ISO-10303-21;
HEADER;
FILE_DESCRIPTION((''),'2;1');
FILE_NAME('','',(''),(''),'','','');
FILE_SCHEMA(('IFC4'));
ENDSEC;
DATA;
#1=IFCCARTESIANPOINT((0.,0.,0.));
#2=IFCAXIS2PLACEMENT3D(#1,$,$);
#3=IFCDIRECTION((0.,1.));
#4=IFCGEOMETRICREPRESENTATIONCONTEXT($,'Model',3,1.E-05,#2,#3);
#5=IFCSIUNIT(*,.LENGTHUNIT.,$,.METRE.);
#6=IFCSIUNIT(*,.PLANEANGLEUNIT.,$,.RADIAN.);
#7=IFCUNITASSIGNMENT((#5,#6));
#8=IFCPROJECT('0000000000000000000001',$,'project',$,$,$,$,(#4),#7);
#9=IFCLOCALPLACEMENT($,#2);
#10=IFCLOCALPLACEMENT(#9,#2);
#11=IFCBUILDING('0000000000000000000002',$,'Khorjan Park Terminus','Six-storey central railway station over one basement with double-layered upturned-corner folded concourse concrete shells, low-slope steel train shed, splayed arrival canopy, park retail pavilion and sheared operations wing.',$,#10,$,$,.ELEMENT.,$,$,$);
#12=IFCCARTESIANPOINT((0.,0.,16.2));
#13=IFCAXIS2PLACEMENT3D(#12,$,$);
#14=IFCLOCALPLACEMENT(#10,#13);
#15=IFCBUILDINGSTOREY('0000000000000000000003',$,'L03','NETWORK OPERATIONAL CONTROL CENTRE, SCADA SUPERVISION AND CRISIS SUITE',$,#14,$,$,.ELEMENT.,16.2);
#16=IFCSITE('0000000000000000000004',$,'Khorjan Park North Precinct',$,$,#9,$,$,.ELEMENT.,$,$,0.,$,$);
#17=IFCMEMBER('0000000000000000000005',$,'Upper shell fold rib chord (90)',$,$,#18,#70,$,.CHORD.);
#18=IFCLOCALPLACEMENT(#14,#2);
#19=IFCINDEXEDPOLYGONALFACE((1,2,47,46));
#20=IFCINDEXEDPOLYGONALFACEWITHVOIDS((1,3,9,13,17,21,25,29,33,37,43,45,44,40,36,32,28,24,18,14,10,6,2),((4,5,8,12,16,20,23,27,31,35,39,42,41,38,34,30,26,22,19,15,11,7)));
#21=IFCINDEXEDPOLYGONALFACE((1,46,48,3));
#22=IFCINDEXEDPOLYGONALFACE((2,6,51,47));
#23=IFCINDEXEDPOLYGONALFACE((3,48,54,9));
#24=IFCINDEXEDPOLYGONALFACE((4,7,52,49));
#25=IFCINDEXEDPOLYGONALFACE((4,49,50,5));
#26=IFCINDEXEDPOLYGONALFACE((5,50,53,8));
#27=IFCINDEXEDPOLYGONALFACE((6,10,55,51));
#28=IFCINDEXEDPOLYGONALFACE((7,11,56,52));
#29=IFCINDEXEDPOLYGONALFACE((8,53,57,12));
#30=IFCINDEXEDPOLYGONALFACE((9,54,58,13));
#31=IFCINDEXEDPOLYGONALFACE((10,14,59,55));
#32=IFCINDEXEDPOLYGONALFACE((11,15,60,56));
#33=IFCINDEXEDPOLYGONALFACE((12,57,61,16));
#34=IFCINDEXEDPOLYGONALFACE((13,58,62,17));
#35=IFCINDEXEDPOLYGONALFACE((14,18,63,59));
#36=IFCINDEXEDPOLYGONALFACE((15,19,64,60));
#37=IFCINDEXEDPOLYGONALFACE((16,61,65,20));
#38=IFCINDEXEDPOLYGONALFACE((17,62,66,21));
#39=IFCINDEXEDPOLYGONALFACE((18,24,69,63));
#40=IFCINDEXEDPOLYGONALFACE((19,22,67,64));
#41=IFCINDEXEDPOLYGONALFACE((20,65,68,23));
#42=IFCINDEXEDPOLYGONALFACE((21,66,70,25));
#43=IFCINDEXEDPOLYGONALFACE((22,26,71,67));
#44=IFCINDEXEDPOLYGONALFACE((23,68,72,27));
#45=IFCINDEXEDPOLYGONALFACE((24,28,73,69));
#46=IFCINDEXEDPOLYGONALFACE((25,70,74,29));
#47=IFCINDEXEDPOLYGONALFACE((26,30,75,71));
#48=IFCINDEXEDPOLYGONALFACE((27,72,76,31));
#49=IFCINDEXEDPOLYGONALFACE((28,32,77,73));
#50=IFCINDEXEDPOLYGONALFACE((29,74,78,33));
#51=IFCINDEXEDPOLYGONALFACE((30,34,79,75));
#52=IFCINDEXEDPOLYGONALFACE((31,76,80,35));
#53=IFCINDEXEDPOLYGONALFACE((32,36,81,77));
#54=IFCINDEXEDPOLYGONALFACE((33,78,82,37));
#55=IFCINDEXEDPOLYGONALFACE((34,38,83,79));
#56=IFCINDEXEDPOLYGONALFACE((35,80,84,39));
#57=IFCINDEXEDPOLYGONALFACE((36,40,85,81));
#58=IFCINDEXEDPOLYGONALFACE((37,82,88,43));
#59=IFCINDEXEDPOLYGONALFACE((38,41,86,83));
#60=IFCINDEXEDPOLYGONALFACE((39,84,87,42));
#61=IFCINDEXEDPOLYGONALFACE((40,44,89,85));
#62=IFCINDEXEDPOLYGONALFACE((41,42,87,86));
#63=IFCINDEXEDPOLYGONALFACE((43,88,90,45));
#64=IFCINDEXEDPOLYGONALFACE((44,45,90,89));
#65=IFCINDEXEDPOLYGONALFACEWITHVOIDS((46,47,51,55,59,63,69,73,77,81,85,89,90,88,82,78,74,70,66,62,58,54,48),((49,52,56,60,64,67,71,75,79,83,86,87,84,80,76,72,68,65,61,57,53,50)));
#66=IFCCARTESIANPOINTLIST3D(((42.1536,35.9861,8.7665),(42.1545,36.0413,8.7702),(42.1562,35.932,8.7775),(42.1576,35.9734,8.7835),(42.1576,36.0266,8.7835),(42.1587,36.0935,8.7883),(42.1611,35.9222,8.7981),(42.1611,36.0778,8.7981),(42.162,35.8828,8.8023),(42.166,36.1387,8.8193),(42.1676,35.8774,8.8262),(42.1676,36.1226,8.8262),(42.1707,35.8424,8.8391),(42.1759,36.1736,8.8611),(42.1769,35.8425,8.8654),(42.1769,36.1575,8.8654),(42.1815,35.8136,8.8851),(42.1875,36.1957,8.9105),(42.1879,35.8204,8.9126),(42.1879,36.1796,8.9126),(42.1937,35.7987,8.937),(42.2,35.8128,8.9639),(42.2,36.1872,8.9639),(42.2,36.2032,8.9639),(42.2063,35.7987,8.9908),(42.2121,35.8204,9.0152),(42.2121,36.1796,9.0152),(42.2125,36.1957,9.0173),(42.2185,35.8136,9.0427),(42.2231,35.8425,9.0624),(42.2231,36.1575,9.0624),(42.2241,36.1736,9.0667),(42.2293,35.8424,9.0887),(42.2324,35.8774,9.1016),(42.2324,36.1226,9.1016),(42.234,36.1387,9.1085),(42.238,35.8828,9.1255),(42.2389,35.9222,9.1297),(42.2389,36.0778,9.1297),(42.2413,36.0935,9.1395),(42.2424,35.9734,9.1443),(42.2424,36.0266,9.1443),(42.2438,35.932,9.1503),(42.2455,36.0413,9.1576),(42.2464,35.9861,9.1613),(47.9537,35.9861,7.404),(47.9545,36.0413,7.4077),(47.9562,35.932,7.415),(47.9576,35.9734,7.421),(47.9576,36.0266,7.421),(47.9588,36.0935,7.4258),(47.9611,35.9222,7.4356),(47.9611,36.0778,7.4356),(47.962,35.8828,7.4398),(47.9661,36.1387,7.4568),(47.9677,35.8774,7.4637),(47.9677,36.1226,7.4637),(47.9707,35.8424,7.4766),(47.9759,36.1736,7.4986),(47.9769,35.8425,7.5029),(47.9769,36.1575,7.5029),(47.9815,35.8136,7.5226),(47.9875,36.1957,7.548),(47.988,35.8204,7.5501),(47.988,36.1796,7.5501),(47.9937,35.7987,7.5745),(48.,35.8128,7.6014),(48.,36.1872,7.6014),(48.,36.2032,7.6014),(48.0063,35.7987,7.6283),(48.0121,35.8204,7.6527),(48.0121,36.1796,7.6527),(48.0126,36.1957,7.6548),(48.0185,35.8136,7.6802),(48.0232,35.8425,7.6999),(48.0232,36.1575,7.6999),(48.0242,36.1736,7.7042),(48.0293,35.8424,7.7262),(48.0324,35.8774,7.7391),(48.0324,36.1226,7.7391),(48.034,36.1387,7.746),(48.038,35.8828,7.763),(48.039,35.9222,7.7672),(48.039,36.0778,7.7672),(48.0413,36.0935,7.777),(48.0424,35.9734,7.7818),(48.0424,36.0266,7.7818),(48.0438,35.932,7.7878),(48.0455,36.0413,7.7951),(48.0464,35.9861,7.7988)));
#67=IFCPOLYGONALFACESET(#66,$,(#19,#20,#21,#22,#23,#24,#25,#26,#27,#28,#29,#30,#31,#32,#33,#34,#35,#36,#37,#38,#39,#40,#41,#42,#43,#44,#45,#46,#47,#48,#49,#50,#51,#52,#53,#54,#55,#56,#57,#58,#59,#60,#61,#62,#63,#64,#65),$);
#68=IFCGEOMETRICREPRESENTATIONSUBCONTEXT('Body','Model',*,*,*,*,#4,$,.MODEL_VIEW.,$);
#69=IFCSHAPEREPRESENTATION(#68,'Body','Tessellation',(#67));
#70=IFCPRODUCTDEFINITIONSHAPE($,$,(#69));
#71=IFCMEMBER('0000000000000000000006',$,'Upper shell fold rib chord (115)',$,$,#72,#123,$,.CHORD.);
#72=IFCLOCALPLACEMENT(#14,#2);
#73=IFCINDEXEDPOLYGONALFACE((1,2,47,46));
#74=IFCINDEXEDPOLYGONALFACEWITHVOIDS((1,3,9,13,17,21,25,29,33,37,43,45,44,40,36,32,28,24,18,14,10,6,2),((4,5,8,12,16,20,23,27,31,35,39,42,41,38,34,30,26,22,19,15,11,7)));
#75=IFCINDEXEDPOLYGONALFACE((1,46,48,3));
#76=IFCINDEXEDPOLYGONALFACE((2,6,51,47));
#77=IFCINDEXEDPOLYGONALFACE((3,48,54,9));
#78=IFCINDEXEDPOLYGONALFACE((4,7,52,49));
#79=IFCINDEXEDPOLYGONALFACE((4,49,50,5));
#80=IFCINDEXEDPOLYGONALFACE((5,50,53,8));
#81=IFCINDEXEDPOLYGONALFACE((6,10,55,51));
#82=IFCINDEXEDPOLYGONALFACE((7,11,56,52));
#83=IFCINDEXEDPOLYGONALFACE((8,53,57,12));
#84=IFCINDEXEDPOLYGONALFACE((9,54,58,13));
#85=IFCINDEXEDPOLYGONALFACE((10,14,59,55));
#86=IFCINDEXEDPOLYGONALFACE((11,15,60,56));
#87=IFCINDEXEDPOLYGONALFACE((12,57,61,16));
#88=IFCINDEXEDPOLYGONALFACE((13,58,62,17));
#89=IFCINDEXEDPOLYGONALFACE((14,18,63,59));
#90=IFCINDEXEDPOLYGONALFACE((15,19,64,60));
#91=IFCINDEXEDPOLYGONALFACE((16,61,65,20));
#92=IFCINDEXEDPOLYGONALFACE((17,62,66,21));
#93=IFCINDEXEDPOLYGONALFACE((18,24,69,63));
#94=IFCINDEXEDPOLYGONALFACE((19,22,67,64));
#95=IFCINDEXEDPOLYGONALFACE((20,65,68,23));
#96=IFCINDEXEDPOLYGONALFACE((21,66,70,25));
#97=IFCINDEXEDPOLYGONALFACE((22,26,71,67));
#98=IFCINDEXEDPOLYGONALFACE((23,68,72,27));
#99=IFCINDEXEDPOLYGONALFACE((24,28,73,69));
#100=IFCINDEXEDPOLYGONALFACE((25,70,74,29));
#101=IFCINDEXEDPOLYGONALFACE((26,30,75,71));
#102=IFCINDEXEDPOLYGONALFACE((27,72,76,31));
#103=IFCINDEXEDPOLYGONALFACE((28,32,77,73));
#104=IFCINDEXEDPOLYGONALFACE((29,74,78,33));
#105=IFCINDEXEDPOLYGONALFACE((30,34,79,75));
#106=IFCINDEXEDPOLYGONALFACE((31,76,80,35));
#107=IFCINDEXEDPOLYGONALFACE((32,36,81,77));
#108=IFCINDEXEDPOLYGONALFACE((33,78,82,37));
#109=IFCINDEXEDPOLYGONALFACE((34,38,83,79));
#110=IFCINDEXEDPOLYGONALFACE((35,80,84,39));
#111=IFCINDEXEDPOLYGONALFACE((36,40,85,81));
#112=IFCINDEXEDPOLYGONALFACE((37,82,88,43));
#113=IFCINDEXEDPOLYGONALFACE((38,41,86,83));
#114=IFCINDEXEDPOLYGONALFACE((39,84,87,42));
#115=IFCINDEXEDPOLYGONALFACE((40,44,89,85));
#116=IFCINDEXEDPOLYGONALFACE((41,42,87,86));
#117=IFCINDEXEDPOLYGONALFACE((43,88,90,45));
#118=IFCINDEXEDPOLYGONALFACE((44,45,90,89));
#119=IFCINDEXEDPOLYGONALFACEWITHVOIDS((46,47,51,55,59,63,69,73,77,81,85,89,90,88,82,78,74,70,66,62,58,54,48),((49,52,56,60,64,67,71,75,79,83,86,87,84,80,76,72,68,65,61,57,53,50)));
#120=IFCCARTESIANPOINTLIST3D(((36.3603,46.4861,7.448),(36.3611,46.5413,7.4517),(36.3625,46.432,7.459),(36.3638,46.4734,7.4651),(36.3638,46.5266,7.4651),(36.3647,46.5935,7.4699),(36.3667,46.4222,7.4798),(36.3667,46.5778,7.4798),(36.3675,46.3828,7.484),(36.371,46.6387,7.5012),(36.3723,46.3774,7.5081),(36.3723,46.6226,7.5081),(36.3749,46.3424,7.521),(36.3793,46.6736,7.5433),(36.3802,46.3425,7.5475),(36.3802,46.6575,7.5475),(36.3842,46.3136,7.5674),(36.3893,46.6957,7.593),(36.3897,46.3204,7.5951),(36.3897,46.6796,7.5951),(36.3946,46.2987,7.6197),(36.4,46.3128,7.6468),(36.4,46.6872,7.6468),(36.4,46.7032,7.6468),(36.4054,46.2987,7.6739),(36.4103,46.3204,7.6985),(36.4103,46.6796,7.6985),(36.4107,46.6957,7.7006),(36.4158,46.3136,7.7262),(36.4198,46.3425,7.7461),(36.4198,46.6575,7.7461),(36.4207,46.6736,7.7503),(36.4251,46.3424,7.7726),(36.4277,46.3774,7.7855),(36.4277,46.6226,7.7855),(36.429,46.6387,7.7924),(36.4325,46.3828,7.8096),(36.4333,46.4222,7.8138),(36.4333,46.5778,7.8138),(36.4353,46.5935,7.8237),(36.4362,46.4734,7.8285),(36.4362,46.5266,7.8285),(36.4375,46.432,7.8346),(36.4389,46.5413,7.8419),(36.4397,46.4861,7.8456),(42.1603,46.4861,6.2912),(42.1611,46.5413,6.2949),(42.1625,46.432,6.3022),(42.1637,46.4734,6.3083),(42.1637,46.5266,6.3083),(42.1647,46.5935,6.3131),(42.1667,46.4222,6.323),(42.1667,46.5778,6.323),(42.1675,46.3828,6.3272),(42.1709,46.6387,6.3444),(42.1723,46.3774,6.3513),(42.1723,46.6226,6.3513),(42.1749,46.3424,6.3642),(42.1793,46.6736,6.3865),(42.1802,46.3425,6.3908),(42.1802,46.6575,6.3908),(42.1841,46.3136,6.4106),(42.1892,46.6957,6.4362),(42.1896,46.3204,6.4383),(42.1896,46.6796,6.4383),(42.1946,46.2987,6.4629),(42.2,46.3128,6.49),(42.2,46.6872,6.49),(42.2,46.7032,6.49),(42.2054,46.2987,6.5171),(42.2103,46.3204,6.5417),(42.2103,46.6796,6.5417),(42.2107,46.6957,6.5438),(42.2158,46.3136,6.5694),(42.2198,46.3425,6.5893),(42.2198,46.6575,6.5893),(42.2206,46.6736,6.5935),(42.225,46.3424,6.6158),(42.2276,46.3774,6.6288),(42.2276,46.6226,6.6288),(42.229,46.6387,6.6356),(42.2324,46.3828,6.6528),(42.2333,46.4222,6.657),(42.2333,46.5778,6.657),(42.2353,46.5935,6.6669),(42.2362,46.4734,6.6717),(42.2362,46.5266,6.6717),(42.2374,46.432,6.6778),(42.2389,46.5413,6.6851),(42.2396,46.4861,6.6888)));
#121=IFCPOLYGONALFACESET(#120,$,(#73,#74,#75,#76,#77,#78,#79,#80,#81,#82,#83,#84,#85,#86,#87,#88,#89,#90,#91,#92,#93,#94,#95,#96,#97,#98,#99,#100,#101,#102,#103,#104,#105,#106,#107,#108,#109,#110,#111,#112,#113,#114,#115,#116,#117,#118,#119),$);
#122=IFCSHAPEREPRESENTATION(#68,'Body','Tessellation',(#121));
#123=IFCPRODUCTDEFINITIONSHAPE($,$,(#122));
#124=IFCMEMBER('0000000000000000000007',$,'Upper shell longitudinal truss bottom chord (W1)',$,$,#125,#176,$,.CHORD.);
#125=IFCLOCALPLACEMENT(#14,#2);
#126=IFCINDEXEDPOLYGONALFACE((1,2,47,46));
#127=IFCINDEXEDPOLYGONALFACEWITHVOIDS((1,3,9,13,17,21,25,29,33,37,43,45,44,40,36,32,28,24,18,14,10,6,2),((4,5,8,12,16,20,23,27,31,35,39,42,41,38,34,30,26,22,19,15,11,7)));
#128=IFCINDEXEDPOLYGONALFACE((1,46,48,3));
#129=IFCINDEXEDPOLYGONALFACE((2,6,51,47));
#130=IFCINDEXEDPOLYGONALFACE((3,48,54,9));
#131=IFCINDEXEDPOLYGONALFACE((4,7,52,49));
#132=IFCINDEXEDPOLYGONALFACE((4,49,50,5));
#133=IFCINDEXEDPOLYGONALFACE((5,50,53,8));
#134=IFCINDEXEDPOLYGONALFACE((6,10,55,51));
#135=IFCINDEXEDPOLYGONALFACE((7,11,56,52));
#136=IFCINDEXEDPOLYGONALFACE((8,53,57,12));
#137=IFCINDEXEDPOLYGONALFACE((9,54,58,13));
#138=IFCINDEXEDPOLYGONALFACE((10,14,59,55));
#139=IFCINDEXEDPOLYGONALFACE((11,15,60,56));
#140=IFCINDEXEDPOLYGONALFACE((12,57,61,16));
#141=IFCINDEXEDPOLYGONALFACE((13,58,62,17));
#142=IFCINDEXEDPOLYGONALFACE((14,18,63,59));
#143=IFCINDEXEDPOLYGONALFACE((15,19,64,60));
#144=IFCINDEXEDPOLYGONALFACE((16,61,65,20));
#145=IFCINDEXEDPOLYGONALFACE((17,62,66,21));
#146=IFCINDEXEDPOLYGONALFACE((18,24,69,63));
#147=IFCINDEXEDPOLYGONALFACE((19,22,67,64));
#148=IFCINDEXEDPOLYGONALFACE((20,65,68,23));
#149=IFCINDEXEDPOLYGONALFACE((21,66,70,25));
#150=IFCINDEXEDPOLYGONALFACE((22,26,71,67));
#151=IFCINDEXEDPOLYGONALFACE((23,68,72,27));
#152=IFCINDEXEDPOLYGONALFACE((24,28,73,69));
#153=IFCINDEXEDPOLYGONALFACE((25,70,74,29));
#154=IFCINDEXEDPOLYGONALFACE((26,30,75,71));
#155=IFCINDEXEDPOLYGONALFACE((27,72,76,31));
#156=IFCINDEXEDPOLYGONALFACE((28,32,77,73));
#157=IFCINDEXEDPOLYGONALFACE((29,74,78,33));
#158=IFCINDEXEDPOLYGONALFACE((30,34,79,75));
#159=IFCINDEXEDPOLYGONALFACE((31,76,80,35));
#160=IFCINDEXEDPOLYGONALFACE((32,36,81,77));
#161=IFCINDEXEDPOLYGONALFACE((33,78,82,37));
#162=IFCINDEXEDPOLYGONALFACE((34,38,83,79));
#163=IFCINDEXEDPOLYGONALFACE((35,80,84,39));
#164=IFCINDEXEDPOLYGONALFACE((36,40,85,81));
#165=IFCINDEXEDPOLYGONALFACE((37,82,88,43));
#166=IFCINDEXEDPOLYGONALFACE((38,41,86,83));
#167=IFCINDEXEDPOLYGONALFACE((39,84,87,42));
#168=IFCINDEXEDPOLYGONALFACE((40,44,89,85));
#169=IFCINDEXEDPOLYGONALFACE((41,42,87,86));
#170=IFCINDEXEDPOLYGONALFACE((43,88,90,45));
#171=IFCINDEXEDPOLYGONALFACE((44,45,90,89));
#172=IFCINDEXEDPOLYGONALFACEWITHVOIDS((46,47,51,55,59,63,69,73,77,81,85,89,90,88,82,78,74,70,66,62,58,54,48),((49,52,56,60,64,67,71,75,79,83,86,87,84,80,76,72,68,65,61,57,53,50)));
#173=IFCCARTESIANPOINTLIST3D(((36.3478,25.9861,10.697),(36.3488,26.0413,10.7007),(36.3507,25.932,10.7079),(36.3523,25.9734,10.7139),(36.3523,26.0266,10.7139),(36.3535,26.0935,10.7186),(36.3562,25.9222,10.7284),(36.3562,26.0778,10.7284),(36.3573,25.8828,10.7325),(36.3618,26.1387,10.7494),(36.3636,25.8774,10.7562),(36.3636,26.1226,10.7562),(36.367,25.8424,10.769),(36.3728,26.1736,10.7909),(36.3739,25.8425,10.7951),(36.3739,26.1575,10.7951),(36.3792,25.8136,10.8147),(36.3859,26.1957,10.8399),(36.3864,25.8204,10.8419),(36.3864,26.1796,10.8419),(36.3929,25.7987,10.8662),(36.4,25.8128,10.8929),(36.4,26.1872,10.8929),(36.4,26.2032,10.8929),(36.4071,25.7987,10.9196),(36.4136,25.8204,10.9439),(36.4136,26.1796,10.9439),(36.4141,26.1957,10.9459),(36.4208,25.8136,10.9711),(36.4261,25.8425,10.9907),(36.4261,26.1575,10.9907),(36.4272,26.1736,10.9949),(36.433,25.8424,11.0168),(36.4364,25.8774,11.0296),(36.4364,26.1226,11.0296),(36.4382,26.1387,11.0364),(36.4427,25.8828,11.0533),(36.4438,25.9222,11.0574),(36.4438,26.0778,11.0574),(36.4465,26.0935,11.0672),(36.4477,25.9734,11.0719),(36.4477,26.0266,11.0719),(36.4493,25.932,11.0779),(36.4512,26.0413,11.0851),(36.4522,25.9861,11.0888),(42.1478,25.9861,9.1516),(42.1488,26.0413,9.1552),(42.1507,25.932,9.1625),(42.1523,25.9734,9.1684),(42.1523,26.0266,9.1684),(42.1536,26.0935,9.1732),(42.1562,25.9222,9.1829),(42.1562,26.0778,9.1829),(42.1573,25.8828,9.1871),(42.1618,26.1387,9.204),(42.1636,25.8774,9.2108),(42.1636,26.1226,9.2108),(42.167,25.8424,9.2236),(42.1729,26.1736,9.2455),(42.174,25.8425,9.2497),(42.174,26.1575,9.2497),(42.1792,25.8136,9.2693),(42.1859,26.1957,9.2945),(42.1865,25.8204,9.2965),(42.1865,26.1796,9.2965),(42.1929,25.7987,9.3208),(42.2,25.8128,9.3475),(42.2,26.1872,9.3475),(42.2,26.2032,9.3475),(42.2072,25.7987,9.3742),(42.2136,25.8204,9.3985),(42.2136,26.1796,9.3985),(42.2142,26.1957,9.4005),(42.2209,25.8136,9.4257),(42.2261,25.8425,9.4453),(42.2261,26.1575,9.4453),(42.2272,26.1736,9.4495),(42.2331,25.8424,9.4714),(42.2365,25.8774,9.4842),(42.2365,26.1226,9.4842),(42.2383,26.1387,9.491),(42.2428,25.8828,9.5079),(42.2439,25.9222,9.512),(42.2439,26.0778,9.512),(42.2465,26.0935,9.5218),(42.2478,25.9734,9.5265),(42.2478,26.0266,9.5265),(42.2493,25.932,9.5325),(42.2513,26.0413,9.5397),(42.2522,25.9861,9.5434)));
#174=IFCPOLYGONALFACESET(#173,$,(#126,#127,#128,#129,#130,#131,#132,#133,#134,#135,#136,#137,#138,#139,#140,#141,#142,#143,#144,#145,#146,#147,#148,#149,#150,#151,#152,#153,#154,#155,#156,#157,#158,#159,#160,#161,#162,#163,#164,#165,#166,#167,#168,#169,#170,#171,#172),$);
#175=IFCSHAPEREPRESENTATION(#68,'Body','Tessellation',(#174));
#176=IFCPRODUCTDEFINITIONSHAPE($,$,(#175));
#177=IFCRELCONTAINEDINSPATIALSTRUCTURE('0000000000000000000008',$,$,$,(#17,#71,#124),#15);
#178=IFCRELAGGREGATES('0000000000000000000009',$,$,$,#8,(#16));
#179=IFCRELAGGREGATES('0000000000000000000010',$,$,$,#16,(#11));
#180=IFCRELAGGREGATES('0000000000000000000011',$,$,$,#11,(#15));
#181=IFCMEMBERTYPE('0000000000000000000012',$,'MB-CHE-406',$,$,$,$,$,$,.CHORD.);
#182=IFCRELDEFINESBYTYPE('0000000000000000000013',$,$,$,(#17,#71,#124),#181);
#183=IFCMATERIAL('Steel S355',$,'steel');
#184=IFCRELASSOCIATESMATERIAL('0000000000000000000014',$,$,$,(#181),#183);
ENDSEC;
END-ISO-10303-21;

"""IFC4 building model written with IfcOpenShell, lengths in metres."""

from ifc_helpers import new_model, si_unit, direction, frame, origin, origin_2d, place, context, subcontext, project, spatial, hollow_circle, extrude, material, material_profile, profile_set, type_object, element, save


model = new_model("IFC4")

# Units and contexts
model_context = context("Model", 3, precision=1e-05, world=origin(), true_north=direction((0.0, 1.0)))
body_context = subcontext(model_context, "Body", "Model", "MODEL_VIEW")
ifc_project = project(units=[si_unit("LENGTHUNIT", "METRE"), si_unit("PLANEANGLEUNIT", "RADIAN")], contexts=[model_context])

# Site, building, storey
site_placement = place(None, origin())
site = spatial("IfcSite", under=ifc_project, at=site_placement, Name="Khorjan Park North Precinct", CompositionType="ELEMENT", RefElevation=0.0)
building_placement = place(site_placement, origin())
building = spatial("IfcBuilding", under=site, at=building_placement, Name="Khorjan Park Terminus", Description="Six-storey central railway station over one basement with double-layered upturned-corner folded concourse concrete shells, low-slope steel train shed, splayed arrival canopy, park retail pavilion and sheared operations wing.", CompositionType="ELEMENT")
storey_placement = place(building_placement, frame((0.0, 0.0, 16.2)))
storey = spatial("IfcBuildingStorey", under=building, at=storey_placement, Name="L03", Description="NETWORK OPERATIONAL CONTROL CENTRE, SCADA SUPERVISION AND CRISIS SUITE", CompositionType="ELEMENT", Elevation=16.2)

# Members
ifc_material = material(Name="Steel S355", Category="steel")
ifc_material_profile_1 = material_profile(ifc_material, hollow_circle(Radius=0.2032, WallThickness=0.016, at=origin_2d()), Name="CHS 406.4x16")
ifc_profile_set_1 = profile_set([ifc_material_profile_1], Name="Steel S355")
member_type_1 = type_object("IfcMemberType", Name="MB-CHE-406", PredefinedType="CHORD", material=ifc_profile_set_1)
member_1_placement = place(storey_placement, frame((42.2, 36.0, 8.9639), z_axis=(0.9735, 0.0, -0.228688), x_axis=(0.0, 1.0, 0.0)))
element("IfcMember", 1, at=member_1_placement, inside=storey, type_object=member_type_1, Name="Upper shell fold rib chord (90)", PredefinedType="CHORD", context=body_context, shape_type="SweptSolid", body=[
    extrude(hollow_circle(Radius=0.2032, WallThickness=0.016, at=origin_2d()), origin(), (0.0, 0.0, 1.0), 5.9579),
])
member_2_placement = place(storey_placement, frame((36.4, 46.5, 7.6468), z_axis=(0.980685, 0.0, -0.195596), x_axis=(0.0, 1.0, 0.0)))
element("IfcMember", 2, at=member_2_placement, inside=storey, type_object=member_type_1, Name="Upper shell fold rib chord (115)", PredefinedType="CHORD", context=body_context, shape_type="SweptSolid", body=[
    extrude(hollow_circle(Radius=0.2032, WallThickness=0.016, at=origin_2d()), origin(), (0.0, 0.0, 1.0), 5.9142),
])
member_3_placement = place(storey_placement, frame((36.4, 26.0, 10.8929), z_axis=(0.966287, 0.0, -0.257466), x_axis=(0.0, 1.0, 0.0)))
element("IfcMember", 3, at=member_3_placement, inside=storey, type_object=member_type_1, Name="Upper shell longitudinal truss bottom chord (W1)", PredefinedType="CHORD", context=body_context, shape_type="SweptSolid", body=[
    extrude(hollow_circle(Radius=0.2032, WallThickness=0.016, at=origin_2d()), origin(), (0.0, 0.0, 1.0), 6.0024),
])

save(model, "model.ifc")
